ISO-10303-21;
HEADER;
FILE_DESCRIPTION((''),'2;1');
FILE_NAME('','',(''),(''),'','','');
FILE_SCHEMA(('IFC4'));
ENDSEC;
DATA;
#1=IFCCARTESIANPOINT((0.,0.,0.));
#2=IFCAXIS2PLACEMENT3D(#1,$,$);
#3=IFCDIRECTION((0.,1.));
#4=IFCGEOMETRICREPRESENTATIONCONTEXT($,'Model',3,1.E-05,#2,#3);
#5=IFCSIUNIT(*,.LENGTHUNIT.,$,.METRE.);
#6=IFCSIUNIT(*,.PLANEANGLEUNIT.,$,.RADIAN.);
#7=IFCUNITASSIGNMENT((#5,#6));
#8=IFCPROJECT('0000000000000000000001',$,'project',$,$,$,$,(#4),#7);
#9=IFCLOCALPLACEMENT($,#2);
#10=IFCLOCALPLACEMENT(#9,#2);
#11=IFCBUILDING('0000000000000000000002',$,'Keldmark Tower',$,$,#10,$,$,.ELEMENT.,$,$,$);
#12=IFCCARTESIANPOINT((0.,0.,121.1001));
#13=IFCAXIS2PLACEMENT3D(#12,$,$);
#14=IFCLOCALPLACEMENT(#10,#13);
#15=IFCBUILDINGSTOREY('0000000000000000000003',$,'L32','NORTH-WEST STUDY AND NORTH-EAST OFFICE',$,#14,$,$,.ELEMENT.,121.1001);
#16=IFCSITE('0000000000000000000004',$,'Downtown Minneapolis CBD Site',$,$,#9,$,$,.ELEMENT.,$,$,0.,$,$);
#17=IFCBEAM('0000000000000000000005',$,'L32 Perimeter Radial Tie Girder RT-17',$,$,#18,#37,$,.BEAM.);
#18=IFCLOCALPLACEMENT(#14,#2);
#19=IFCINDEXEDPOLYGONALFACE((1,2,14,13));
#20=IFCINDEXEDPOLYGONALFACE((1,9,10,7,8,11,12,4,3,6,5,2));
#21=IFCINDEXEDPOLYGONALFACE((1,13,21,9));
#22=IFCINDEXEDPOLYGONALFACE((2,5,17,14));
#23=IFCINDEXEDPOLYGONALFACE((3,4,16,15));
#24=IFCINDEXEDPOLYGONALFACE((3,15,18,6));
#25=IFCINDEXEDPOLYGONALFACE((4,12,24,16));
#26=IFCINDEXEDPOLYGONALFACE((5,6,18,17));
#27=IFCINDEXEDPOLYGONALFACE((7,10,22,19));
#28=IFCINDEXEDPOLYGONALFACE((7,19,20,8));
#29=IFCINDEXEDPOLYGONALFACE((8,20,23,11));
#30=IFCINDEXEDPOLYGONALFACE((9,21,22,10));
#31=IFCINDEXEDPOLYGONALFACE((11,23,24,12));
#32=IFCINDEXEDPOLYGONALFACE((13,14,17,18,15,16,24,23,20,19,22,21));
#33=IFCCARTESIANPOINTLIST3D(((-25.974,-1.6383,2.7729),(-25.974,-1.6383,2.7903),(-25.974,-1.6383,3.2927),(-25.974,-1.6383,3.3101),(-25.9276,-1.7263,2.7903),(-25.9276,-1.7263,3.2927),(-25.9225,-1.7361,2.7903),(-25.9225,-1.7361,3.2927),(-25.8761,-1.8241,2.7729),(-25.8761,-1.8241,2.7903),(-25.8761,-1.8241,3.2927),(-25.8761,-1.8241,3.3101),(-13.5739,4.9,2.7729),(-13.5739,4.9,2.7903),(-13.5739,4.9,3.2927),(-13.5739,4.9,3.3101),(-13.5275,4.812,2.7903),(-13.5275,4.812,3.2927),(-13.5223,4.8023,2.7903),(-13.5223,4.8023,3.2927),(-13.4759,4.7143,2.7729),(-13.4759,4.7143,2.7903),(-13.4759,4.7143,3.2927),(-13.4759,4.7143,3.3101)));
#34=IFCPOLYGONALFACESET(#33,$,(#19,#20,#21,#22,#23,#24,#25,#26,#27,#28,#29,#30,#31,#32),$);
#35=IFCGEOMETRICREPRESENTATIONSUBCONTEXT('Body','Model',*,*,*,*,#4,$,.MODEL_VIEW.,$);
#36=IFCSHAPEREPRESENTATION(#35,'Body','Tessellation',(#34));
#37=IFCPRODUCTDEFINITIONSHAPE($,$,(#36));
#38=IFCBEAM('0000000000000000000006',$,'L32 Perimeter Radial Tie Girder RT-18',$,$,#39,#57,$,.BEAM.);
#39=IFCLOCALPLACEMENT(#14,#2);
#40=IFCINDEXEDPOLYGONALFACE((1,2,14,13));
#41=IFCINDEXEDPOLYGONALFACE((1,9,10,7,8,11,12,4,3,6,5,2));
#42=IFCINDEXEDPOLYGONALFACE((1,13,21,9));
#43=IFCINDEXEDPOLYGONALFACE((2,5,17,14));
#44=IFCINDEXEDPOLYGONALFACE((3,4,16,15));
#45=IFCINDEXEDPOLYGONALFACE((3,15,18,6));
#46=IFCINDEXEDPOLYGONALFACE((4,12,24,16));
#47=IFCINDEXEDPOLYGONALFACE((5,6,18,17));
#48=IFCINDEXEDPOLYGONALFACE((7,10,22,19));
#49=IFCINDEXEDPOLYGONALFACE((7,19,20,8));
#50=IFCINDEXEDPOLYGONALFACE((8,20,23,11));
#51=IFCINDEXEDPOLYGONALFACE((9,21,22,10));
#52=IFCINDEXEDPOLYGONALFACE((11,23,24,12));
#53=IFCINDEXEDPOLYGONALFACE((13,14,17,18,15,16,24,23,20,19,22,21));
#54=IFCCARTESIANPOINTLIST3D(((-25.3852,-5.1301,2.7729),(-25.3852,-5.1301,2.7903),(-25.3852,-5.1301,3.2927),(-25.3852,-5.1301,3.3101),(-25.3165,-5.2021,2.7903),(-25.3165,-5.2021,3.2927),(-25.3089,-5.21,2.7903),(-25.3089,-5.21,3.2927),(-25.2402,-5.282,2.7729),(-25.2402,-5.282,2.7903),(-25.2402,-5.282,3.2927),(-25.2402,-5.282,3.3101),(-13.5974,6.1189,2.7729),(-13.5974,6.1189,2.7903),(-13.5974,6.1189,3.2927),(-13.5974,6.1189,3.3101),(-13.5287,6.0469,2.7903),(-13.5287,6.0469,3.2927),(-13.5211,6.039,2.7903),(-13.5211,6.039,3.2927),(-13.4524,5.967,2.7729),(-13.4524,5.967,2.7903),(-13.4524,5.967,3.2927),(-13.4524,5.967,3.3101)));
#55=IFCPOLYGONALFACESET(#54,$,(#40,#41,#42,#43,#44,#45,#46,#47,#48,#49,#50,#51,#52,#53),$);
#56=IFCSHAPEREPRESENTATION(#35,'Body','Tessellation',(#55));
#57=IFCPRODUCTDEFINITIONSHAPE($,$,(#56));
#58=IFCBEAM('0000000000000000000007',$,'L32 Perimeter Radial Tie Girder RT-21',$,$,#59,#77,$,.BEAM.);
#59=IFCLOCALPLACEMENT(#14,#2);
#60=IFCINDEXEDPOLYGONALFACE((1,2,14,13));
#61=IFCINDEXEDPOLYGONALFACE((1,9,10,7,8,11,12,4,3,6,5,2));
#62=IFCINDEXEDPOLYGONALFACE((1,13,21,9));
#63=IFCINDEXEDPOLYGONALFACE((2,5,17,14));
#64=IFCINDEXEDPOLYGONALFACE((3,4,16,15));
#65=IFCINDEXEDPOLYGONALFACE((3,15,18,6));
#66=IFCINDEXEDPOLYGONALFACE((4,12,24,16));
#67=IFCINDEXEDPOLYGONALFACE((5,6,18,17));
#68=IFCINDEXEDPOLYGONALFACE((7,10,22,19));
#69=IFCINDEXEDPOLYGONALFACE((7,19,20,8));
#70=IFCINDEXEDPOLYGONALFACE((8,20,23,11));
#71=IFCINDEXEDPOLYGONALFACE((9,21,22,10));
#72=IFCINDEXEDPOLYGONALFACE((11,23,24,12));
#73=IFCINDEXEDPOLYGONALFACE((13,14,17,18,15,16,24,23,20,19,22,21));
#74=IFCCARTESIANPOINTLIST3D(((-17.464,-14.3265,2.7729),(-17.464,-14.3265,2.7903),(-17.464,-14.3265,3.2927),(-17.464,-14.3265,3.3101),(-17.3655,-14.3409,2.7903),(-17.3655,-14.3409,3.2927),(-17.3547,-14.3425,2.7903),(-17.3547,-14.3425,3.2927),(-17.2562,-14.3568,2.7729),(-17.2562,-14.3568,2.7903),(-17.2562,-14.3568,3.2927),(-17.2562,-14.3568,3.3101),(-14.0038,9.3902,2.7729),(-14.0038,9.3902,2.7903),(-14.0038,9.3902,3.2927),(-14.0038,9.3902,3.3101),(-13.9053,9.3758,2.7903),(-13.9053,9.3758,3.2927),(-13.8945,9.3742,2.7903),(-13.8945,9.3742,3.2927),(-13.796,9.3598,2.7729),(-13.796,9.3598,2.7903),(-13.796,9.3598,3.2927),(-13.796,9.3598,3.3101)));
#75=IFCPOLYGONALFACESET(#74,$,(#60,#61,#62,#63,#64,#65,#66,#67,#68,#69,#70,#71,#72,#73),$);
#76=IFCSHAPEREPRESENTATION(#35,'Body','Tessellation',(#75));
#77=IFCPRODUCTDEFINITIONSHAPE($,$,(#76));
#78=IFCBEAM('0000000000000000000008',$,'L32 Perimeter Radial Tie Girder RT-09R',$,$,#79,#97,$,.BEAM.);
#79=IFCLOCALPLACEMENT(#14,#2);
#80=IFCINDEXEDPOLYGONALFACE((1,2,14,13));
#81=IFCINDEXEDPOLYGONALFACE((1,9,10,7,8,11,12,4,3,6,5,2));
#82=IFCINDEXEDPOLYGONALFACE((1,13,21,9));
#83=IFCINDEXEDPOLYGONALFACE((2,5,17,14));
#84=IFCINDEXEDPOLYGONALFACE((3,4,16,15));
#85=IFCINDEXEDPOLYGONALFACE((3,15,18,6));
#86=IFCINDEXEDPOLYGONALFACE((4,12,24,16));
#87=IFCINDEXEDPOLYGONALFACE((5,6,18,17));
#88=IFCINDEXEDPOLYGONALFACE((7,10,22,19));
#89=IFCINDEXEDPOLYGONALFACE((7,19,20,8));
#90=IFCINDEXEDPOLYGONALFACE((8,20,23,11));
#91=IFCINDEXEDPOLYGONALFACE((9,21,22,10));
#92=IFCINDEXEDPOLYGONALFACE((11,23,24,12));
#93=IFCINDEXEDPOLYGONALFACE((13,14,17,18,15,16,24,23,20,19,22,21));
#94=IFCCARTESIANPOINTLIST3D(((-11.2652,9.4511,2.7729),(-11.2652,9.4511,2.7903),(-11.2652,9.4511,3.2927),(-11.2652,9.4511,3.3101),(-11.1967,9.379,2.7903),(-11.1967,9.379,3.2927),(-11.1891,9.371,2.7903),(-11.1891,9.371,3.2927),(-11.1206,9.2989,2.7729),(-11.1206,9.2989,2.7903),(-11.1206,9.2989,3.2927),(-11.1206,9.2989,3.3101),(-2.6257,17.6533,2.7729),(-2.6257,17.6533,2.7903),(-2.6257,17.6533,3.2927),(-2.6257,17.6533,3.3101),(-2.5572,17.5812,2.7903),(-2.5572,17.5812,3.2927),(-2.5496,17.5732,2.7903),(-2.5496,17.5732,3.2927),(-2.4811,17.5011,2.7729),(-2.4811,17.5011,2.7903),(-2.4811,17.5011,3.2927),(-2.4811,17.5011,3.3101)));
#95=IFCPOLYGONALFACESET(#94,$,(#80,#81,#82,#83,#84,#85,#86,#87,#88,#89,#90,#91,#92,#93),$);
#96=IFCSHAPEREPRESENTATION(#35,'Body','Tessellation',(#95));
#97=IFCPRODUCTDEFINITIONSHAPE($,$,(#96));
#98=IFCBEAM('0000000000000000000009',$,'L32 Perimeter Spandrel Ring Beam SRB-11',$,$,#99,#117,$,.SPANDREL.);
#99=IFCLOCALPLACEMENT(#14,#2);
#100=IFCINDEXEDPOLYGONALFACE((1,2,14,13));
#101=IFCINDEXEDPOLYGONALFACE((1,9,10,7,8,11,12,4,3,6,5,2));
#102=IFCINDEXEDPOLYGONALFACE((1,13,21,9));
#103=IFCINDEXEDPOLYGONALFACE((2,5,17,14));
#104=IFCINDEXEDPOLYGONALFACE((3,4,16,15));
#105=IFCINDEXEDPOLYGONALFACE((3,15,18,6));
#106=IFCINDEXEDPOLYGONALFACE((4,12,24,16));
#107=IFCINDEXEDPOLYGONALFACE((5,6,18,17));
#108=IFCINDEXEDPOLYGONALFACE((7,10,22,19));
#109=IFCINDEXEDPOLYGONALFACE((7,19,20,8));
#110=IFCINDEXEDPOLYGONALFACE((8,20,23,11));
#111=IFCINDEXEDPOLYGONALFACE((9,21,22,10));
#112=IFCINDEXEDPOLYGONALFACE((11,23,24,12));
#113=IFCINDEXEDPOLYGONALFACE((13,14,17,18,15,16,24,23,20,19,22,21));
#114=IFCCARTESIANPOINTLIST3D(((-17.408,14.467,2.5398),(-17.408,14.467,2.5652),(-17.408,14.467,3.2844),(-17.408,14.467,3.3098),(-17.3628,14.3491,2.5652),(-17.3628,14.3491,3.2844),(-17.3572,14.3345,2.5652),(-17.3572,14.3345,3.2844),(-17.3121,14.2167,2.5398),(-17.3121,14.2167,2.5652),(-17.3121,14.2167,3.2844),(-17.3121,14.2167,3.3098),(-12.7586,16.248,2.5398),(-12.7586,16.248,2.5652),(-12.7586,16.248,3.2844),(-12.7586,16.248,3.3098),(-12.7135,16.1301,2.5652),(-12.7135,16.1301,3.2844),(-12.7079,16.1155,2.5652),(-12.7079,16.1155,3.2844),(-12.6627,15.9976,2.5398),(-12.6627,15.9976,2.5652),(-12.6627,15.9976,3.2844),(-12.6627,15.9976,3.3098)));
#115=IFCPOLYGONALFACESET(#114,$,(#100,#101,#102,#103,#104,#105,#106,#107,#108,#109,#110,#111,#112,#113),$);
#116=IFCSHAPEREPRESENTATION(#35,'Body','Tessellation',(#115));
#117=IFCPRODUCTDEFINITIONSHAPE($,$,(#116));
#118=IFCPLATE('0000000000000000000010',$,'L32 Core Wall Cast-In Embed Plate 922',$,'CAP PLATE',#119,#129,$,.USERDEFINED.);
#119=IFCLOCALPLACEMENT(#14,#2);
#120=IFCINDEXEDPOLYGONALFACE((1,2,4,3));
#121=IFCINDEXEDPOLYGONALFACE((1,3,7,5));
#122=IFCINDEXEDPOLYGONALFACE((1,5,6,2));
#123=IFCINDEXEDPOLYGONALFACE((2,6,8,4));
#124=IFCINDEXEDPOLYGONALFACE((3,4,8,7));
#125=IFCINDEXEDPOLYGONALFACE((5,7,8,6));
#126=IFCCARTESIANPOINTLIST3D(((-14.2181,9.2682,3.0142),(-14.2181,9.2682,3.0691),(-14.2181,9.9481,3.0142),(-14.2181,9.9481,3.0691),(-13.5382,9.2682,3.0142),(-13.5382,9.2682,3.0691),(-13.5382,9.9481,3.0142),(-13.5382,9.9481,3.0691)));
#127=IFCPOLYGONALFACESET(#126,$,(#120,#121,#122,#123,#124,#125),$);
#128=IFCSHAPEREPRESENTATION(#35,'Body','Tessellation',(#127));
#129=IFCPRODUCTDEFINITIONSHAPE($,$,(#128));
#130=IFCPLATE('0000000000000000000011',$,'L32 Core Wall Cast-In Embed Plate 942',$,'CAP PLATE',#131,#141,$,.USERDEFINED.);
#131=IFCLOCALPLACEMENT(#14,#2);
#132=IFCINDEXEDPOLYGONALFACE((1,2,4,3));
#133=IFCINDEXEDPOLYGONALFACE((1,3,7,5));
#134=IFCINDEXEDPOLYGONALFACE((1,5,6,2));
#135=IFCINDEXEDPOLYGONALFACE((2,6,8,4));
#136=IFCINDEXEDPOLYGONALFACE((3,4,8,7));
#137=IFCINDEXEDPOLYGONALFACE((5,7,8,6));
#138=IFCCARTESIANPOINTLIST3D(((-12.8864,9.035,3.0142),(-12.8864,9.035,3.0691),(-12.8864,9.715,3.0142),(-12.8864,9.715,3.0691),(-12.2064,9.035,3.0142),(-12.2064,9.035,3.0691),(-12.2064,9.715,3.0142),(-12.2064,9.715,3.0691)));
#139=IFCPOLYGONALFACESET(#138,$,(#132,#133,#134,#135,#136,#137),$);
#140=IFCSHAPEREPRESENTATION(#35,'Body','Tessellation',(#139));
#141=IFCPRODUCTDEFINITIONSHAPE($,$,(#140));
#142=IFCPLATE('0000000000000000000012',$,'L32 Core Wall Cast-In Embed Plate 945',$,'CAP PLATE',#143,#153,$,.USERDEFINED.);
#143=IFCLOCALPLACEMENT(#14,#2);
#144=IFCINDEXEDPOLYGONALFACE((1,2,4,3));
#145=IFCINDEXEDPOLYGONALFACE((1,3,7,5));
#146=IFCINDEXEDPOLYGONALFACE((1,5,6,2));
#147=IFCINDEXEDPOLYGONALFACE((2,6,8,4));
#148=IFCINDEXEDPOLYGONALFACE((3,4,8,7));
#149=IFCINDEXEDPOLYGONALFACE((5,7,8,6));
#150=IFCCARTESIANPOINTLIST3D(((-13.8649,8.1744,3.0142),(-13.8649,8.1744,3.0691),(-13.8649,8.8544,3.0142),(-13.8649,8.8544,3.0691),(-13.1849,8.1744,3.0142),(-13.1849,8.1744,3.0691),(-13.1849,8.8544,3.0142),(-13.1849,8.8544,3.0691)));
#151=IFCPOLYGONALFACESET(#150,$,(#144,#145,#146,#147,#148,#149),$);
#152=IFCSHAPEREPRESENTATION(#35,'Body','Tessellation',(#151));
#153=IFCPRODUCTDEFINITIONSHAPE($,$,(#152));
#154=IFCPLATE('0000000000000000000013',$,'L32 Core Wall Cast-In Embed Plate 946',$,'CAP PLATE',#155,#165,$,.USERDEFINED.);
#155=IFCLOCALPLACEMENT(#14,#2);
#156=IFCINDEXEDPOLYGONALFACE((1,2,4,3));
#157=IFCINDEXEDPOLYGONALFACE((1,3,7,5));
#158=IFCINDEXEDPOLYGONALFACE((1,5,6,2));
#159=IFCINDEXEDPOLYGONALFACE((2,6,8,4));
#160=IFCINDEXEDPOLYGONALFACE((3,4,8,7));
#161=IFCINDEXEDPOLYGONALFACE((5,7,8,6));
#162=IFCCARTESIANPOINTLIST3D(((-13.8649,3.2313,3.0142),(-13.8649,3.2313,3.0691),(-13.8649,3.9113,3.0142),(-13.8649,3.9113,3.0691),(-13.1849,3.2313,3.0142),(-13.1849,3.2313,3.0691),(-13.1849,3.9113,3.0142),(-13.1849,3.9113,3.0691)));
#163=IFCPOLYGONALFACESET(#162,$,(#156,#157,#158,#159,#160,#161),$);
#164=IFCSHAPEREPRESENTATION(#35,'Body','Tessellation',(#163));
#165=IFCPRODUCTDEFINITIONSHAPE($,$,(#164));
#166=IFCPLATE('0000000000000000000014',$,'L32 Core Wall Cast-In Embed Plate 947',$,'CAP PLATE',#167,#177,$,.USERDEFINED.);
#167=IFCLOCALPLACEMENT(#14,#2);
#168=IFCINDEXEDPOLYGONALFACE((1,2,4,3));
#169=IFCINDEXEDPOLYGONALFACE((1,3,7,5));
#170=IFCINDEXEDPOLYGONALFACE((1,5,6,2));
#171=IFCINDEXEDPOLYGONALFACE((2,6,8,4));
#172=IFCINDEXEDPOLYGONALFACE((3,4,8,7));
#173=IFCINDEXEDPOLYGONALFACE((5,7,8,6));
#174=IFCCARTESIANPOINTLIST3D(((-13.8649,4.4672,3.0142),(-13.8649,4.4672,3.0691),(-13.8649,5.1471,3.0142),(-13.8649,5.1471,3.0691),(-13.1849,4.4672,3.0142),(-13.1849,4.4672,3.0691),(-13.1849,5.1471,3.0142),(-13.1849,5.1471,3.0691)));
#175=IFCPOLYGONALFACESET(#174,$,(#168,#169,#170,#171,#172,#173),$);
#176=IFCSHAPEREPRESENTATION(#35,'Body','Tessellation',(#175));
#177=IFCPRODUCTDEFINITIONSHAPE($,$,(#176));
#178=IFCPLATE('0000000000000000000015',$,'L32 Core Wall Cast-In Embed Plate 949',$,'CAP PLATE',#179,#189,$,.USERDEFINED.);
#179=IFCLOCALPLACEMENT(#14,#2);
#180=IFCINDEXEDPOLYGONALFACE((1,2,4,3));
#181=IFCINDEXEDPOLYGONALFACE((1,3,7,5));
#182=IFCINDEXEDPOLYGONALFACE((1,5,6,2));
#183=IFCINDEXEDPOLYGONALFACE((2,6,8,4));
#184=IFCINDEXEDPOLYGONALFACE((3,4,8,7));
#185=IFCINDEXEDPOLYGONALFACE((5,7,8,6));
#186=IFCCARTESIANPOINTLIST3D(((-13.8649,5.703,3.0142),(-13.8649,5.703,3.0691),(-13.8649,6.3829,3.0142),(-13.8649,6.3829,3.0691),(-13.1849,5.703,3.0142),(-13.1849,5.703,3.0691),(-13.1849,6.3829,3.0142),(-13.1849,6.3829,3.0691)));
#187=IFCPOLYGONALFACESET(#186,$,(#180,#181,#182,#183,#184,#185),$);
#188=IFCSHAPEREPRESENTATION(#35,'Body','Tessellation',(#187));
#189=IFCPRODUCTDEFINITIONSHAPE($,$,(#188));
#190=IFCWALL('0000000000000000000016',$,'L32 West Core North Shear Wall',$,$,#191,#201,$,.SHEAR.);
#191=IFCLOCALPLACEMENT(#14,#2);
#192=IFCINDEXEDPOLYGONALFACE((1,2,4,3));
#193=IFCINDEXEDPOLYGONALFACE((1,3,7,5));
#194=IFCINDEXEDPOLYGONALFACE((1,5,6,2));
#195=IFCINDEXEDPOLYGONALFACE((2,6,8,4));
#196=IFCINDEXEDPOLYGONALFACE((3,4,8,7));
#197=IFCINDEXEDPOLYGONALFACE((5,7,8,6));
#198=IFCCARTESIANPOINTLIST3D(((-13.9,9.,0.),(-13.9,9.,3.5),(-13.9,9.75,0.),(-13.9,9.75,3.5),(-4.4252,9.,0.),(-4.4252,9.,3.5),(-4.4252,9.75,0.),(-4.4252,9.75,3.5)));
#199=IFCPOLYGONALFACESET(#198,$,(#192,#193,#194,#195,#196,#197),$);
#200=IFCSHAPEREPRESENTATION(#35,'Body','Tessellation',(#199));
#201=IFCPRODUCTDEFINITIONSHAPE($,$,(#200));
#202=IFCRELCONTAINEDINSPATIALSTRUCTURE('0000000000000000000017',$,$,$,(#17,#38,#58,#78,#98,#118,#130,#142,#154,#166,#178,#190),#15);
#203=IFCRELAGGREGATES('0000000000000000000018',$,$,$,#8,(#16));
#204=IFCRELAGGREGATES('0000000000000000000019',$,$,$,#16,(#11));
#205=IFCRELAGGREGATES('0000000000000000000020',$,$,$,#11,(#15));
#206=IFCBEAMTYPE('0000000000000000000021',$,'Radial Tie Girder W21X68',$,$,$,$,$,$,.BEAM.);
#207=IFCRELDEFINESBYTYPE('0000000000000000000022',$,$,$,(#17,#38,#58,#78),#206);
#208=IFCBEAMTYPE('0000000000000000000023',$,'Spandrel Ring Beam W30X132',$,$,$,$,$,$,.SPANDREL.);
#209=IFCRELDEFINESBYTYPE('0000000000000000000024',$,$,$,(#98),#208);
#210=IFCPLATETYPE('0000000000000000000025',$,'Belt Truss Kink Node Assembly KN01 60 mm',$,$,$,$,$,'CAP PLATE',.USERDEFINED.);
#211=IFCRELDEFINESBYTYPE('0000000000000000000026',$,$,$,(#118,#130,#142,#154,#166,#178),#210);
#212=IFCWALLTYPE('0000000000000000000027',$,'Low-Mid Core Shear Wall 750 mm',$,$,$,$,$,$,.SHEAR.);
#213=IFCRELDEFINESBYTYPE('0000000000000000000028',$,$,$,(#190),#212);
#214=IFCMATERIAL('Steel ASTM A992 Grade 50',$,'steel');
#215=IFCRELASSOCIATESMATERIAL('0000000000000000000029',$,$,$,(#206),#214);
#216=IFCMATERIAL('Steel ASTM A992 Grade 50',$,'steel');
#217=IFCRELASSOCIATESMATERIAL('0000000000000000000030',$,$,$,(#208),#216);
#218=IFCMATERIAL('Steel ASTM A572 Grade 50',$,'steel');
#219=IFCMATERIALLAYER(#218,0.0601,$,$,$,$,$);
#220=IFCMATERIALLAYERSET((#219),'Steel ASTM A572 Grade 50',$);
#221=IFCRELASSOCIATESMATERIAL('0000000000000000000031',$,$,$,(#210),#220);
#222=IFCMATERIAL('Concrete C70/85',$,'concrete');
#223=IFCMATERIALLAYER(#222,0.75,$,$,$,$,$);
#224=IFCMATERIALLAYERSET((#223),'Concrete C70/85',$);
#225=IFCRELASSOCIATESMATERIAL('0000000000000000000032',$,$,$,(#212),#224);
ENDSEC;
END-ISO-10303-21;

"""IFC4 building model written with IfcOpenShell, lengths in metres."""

from ifc_helpers import new_model, si_unit, direction, frame, frame_2d, origin, origin_2d, place, context, subcontext, project, spatial, rectangle, i_section, extrude, material, layer, layer_set, material_profile, profile_set, type_object, element, save


model = new_model("IFC4")

# Units and contexts
model_context = context("Model", 3, precision=1e-05, world=origin(), true_north=direction((0.0, 1.0)))
body_context = subcontext(model_context, "Body", "Model", "MODEL_VIEW")
ifc_project = project(units=[si_unit("LENGTHUNIT", "METRE"), si_unit("PLANEANGLEUNIT", "RADIAN")], contexts=[model_context])

# Site, building, storey
site_placement = place(None, origin())
site = spatial("IfcSite", under=ifc_project, at=site_placement, Name="Downtown Minneapolis CBD Site", CompositionType="ELEMENT", RefElevation=0.0)
building_placement = place(site_placement, origin())
building = spatial("IfcBuilding", under=site, at=building_placement, Name="Keldmark Tower", CompositionType="ELEMENT")
storey_placement = place(building_placement, frame((0.0, 0.0, 121.1001)))
storey = spatial("IfcBuildingStorey", under=building, at=storey_placement, Name="L32", Description="NORTH-WEST STUDY AND NORTH-EAST OFFICE", CompositionType="ELEMENT", Elevation=121.1001)

# Beams
ifc_material_1 = material(Name="Steel ASTM A992 Grade 50", Category="steel")
ifc_material_profile_1 = material_profile(ifc_material_1, i_section(OverallWidth=0.21, OverallDepth=0.5371, WebThickness=0.011, FlangeThickness=0.0173, at=origin_2d()), Name="W21X68")
ifc_profile_set_1 = profile_set([ifc_material_profile_1], Name="Steel ASTM A992 Grade 50")
beam_type_1 = type_object("IfcBeamType", Name="Radial Tie Girder W21X68", PredefinedType="BEAM", material=ifc_profile_set_1)
beam_1_placement = place(storey_placement, frame((-13.5249, 4.8071, 3.0415), z_axis=(-0.884567, -0.466413, 0.0), x_axis=(0.466413, -0.884567, 0.0)))
element("IfcBeam", 1, at=beam_1_placement, inside=storey, type_object=beam_type_1, Name="L32 Perimeter Radial Tie Girder RT-17", PredefinedType="BEAM", context=body_context, shape_type="SweptSolid", body=[
    extrude(i_section(OverallWidth=0.21, OverallDepth=0.5371, WebThickness=0.011, FlangeThickness=0.0173, at=origin_2d()), origin(), (0.0, 0.0, 1.0), 14.0183),
])
beam_2_placement = place(storey_placement, frame((-13.5249, 6.043, 3.0415), z_axis=(-0.723448, -0.690379, 0.0), x_axis=(0.690379, -0.723448, 0.0)))
element("IfcBeam", 2, at=beam_2_placement, inside=storey, type_object=beam_type_1, Name="L32 Perimeter Radial Tie Girder RT-18", PredefinedType="BEAM", context=body_context, shape_type="SweptSolid", body=[
    extrude(i_section(OverallWidth=0.21, OverallDepth=0.5371, WebThickness=0.011, FlangeThickness=0.0173, at=origin_2d()), origin(), (0.0, 0.0, 1.0), 16.2939),
])
beam_3_placement = place(storey_placement, frame((-13.8999, 9.375, 3.0415), z_axis=(-0.144368, -0.989524, 0.0), x_axis=(0.989524, -0.144368, 0.0)))
element("IfcBeam", 3, at=beam_3_placement, inside=storey, type_object=beam_type_1, Name="L32 Perimeter Radial Tie Girder RT-21", PredefinedType="BEAM", context=body_context, shape_type="SweptSolid", body=[
    extrude(i_section(OverallWidth=0.21, OverallDepth=0.5371, WebThickness=0.011, FlangeThickness=0.0173, at=origin_2d()), origin(), (0.0, 0.0, 1.0), 23.9678),
])
beam_4_placement = place(storey_placement, frame((-11.1929, 9.375, 3.0415), z_axis=(0.725221, 0.688516, 0.0), x_axis=(-0.688516, 0.725221, 0.0)))
element("IfcBeam", 4, at=beam_4_placement, inside=storey, type_object=beam_type_1, Name="L32 Perimeter Radial Tie Girder RT-09R", PredefinedType="BEAM", context=body_context, shape_type="SweptSolid", body=[
    extrude(i_section(OverallWidth=0.21, OverallDepth=0.5371, WebThickness=0.011, FlangeThickness=0.0173, at=origin_2d()), origin(), (0.0, 0.0, 1.0), 11.9128),
])
ifc_material_2 = material(Name="Steel ASTM A992 Grade 50", Category="steel")
ifc_material_profile_2 = material_profile(ifc_material_2, i_section(OverallWidth=0.2681, OverallDepth=0.77, WebThickness=0.0156, FlangeThickness=0.0254, at=origin_2d()), Name="W30X132")
ifc_profile_set_2 = profile_set([ifc_material_profile_2], Name="Steel ASTM A992 Grade 50")
beam_type_2 = type_object("IfcBeamType", Name="Spandrel Ring Beam W30X132", PredefinedType="SPANDREL", material=ifc_profile_set_2)
beam_5_placement = place(storey_placement, frame((-12.7107, 16.1228, 2.9248), z_axis=(-0.933831, -0.357714, 0.0), x_axis=(0.357714, -0.933831, 0.0)))
element("IfcBeam", 5, at=beam_5_placement, inside=storey, type_object=beam_type_2, Name="L32 Perimeter Spandrel Ring Beam SRB-11", PredefinedType="SPANDREL", context=body_context, shape_type="SweptSolid", body=[
    extrude(i_section(OverallWidth=0.2681, OverallDepth=0.77, WebThickness=0.0156, FlangeThickness=0.0254, at=origin_2d()), origin(), (0.0, 0.0, 1.0), 4.9788),
])

# Plates
ifc_material_3 = material(Name="Steel ASTM A572 Grade 50", Category="steel")
ifc_layer_1 = layer(ifc_material_3, 0.0601)
ifc_layer_set_1 = layer_set([ifc_layer_1], Name="Steel ASTM A572 Grade 50")
plate_type = type_object("IfcPlateType", Name="Belt Truss Kink Node Assembly KN01 60 mm", ElementType="CAP PLATE", PredefinedType="USERDEFINED", material=ifc_layer_set_1)
for number, where, z_axis, x_axis, name in (
    (6, (-13.8782, 9.6082, 3.0142), (0.0, 0.0, 1.0), (1.0, 0.0, 0.0), "L32 Core Wall Cast-In Embed Plate 922"),
    (7, (-12.5464, 9.375, 3.0142), (0.0, 0.0, 1.0), (1.0, 0.0, 0.0), "L32 Core Wall Cast-In Embed Plate 942"),
    (8, (-13.5249, 8.5144, 3.0142), (0.0, 0.0, 1.0), (1.0, 0.0, 0.0), "L32 Core Wall Cast-In Embed Plate 945"),
    (9, (-13.5249, 3.5713, 3.0142), (0.0, 0.0, 1.0), (1.0, 0.0, 0.0), "L32 Core Wall Cast-In Embed Plate 946"),
    (10, (-13.5249, 4.8071, 3.0142), (0.0, 0.0, 1.0), (1.0, 0.0, 0.0), "L32 Core Wall Cast-In Embed Plate 947"),
    (11, (-13.5249, 6.043, 3.0142), (0.0, 0.0, 1.0), (1.0, 0.0, 0.0), "L32 Core Wall Cast-In Embed Plate 949"),
):
    element("IfcPlate", number, at=place(storey_placement, frame(where, z_axis=z_axis, x_axis=x_axis)), inside=storey, type_object=plate_type, Name=name, ObjectType="CAP PLATE", PredefinedType="USERDEFINED", context=body_context, shape_type="SweptSolid", body=[
        extrude(rectangle(XDim=0.6799, YDim=0.6799, at=origin_2d()), origin(), (0.0, 0.0, 1.0), 0.0549),
    ])

# Wall
ifc_material_4 = material(Name="Concrete C70/85", Category="concrete")
ifc_layer_2 = layer(ifc_material_4, 0.75)
ifc_layer_set_2 = layer_set([ifc_layer_2], Name="Concrete C70/85")
wall_type_1 = type_object("IfcWallType", Name="Low-Mid Core Shear Wall 750 mm", PredefinedType="SHEAR", material=ifc_layer_set_2)
wall_1_placement = place(storey_placement, frame((-13.8999, 9.375, 0.0), z_axis=(0.0, 0.0, 1.0), x_axis=(1.0, 0.0, 0.0)))
element("IfcWall", 12, at=wall_1_placement, inside=storey, type_object=wall_type_1, Name="L32 West Core North Shear Wall", PredefinedType="SHEAR", context=body_context, shape_type="SweptSolid", body=[
    extrude(rectangle(XDim=9.4749, YDim=0.75, at=frame_2d((4.7373, 0.0))), origin(), (0.0, 0.0, 1.0), 3.5),
])

save(model, "model.ifc")
